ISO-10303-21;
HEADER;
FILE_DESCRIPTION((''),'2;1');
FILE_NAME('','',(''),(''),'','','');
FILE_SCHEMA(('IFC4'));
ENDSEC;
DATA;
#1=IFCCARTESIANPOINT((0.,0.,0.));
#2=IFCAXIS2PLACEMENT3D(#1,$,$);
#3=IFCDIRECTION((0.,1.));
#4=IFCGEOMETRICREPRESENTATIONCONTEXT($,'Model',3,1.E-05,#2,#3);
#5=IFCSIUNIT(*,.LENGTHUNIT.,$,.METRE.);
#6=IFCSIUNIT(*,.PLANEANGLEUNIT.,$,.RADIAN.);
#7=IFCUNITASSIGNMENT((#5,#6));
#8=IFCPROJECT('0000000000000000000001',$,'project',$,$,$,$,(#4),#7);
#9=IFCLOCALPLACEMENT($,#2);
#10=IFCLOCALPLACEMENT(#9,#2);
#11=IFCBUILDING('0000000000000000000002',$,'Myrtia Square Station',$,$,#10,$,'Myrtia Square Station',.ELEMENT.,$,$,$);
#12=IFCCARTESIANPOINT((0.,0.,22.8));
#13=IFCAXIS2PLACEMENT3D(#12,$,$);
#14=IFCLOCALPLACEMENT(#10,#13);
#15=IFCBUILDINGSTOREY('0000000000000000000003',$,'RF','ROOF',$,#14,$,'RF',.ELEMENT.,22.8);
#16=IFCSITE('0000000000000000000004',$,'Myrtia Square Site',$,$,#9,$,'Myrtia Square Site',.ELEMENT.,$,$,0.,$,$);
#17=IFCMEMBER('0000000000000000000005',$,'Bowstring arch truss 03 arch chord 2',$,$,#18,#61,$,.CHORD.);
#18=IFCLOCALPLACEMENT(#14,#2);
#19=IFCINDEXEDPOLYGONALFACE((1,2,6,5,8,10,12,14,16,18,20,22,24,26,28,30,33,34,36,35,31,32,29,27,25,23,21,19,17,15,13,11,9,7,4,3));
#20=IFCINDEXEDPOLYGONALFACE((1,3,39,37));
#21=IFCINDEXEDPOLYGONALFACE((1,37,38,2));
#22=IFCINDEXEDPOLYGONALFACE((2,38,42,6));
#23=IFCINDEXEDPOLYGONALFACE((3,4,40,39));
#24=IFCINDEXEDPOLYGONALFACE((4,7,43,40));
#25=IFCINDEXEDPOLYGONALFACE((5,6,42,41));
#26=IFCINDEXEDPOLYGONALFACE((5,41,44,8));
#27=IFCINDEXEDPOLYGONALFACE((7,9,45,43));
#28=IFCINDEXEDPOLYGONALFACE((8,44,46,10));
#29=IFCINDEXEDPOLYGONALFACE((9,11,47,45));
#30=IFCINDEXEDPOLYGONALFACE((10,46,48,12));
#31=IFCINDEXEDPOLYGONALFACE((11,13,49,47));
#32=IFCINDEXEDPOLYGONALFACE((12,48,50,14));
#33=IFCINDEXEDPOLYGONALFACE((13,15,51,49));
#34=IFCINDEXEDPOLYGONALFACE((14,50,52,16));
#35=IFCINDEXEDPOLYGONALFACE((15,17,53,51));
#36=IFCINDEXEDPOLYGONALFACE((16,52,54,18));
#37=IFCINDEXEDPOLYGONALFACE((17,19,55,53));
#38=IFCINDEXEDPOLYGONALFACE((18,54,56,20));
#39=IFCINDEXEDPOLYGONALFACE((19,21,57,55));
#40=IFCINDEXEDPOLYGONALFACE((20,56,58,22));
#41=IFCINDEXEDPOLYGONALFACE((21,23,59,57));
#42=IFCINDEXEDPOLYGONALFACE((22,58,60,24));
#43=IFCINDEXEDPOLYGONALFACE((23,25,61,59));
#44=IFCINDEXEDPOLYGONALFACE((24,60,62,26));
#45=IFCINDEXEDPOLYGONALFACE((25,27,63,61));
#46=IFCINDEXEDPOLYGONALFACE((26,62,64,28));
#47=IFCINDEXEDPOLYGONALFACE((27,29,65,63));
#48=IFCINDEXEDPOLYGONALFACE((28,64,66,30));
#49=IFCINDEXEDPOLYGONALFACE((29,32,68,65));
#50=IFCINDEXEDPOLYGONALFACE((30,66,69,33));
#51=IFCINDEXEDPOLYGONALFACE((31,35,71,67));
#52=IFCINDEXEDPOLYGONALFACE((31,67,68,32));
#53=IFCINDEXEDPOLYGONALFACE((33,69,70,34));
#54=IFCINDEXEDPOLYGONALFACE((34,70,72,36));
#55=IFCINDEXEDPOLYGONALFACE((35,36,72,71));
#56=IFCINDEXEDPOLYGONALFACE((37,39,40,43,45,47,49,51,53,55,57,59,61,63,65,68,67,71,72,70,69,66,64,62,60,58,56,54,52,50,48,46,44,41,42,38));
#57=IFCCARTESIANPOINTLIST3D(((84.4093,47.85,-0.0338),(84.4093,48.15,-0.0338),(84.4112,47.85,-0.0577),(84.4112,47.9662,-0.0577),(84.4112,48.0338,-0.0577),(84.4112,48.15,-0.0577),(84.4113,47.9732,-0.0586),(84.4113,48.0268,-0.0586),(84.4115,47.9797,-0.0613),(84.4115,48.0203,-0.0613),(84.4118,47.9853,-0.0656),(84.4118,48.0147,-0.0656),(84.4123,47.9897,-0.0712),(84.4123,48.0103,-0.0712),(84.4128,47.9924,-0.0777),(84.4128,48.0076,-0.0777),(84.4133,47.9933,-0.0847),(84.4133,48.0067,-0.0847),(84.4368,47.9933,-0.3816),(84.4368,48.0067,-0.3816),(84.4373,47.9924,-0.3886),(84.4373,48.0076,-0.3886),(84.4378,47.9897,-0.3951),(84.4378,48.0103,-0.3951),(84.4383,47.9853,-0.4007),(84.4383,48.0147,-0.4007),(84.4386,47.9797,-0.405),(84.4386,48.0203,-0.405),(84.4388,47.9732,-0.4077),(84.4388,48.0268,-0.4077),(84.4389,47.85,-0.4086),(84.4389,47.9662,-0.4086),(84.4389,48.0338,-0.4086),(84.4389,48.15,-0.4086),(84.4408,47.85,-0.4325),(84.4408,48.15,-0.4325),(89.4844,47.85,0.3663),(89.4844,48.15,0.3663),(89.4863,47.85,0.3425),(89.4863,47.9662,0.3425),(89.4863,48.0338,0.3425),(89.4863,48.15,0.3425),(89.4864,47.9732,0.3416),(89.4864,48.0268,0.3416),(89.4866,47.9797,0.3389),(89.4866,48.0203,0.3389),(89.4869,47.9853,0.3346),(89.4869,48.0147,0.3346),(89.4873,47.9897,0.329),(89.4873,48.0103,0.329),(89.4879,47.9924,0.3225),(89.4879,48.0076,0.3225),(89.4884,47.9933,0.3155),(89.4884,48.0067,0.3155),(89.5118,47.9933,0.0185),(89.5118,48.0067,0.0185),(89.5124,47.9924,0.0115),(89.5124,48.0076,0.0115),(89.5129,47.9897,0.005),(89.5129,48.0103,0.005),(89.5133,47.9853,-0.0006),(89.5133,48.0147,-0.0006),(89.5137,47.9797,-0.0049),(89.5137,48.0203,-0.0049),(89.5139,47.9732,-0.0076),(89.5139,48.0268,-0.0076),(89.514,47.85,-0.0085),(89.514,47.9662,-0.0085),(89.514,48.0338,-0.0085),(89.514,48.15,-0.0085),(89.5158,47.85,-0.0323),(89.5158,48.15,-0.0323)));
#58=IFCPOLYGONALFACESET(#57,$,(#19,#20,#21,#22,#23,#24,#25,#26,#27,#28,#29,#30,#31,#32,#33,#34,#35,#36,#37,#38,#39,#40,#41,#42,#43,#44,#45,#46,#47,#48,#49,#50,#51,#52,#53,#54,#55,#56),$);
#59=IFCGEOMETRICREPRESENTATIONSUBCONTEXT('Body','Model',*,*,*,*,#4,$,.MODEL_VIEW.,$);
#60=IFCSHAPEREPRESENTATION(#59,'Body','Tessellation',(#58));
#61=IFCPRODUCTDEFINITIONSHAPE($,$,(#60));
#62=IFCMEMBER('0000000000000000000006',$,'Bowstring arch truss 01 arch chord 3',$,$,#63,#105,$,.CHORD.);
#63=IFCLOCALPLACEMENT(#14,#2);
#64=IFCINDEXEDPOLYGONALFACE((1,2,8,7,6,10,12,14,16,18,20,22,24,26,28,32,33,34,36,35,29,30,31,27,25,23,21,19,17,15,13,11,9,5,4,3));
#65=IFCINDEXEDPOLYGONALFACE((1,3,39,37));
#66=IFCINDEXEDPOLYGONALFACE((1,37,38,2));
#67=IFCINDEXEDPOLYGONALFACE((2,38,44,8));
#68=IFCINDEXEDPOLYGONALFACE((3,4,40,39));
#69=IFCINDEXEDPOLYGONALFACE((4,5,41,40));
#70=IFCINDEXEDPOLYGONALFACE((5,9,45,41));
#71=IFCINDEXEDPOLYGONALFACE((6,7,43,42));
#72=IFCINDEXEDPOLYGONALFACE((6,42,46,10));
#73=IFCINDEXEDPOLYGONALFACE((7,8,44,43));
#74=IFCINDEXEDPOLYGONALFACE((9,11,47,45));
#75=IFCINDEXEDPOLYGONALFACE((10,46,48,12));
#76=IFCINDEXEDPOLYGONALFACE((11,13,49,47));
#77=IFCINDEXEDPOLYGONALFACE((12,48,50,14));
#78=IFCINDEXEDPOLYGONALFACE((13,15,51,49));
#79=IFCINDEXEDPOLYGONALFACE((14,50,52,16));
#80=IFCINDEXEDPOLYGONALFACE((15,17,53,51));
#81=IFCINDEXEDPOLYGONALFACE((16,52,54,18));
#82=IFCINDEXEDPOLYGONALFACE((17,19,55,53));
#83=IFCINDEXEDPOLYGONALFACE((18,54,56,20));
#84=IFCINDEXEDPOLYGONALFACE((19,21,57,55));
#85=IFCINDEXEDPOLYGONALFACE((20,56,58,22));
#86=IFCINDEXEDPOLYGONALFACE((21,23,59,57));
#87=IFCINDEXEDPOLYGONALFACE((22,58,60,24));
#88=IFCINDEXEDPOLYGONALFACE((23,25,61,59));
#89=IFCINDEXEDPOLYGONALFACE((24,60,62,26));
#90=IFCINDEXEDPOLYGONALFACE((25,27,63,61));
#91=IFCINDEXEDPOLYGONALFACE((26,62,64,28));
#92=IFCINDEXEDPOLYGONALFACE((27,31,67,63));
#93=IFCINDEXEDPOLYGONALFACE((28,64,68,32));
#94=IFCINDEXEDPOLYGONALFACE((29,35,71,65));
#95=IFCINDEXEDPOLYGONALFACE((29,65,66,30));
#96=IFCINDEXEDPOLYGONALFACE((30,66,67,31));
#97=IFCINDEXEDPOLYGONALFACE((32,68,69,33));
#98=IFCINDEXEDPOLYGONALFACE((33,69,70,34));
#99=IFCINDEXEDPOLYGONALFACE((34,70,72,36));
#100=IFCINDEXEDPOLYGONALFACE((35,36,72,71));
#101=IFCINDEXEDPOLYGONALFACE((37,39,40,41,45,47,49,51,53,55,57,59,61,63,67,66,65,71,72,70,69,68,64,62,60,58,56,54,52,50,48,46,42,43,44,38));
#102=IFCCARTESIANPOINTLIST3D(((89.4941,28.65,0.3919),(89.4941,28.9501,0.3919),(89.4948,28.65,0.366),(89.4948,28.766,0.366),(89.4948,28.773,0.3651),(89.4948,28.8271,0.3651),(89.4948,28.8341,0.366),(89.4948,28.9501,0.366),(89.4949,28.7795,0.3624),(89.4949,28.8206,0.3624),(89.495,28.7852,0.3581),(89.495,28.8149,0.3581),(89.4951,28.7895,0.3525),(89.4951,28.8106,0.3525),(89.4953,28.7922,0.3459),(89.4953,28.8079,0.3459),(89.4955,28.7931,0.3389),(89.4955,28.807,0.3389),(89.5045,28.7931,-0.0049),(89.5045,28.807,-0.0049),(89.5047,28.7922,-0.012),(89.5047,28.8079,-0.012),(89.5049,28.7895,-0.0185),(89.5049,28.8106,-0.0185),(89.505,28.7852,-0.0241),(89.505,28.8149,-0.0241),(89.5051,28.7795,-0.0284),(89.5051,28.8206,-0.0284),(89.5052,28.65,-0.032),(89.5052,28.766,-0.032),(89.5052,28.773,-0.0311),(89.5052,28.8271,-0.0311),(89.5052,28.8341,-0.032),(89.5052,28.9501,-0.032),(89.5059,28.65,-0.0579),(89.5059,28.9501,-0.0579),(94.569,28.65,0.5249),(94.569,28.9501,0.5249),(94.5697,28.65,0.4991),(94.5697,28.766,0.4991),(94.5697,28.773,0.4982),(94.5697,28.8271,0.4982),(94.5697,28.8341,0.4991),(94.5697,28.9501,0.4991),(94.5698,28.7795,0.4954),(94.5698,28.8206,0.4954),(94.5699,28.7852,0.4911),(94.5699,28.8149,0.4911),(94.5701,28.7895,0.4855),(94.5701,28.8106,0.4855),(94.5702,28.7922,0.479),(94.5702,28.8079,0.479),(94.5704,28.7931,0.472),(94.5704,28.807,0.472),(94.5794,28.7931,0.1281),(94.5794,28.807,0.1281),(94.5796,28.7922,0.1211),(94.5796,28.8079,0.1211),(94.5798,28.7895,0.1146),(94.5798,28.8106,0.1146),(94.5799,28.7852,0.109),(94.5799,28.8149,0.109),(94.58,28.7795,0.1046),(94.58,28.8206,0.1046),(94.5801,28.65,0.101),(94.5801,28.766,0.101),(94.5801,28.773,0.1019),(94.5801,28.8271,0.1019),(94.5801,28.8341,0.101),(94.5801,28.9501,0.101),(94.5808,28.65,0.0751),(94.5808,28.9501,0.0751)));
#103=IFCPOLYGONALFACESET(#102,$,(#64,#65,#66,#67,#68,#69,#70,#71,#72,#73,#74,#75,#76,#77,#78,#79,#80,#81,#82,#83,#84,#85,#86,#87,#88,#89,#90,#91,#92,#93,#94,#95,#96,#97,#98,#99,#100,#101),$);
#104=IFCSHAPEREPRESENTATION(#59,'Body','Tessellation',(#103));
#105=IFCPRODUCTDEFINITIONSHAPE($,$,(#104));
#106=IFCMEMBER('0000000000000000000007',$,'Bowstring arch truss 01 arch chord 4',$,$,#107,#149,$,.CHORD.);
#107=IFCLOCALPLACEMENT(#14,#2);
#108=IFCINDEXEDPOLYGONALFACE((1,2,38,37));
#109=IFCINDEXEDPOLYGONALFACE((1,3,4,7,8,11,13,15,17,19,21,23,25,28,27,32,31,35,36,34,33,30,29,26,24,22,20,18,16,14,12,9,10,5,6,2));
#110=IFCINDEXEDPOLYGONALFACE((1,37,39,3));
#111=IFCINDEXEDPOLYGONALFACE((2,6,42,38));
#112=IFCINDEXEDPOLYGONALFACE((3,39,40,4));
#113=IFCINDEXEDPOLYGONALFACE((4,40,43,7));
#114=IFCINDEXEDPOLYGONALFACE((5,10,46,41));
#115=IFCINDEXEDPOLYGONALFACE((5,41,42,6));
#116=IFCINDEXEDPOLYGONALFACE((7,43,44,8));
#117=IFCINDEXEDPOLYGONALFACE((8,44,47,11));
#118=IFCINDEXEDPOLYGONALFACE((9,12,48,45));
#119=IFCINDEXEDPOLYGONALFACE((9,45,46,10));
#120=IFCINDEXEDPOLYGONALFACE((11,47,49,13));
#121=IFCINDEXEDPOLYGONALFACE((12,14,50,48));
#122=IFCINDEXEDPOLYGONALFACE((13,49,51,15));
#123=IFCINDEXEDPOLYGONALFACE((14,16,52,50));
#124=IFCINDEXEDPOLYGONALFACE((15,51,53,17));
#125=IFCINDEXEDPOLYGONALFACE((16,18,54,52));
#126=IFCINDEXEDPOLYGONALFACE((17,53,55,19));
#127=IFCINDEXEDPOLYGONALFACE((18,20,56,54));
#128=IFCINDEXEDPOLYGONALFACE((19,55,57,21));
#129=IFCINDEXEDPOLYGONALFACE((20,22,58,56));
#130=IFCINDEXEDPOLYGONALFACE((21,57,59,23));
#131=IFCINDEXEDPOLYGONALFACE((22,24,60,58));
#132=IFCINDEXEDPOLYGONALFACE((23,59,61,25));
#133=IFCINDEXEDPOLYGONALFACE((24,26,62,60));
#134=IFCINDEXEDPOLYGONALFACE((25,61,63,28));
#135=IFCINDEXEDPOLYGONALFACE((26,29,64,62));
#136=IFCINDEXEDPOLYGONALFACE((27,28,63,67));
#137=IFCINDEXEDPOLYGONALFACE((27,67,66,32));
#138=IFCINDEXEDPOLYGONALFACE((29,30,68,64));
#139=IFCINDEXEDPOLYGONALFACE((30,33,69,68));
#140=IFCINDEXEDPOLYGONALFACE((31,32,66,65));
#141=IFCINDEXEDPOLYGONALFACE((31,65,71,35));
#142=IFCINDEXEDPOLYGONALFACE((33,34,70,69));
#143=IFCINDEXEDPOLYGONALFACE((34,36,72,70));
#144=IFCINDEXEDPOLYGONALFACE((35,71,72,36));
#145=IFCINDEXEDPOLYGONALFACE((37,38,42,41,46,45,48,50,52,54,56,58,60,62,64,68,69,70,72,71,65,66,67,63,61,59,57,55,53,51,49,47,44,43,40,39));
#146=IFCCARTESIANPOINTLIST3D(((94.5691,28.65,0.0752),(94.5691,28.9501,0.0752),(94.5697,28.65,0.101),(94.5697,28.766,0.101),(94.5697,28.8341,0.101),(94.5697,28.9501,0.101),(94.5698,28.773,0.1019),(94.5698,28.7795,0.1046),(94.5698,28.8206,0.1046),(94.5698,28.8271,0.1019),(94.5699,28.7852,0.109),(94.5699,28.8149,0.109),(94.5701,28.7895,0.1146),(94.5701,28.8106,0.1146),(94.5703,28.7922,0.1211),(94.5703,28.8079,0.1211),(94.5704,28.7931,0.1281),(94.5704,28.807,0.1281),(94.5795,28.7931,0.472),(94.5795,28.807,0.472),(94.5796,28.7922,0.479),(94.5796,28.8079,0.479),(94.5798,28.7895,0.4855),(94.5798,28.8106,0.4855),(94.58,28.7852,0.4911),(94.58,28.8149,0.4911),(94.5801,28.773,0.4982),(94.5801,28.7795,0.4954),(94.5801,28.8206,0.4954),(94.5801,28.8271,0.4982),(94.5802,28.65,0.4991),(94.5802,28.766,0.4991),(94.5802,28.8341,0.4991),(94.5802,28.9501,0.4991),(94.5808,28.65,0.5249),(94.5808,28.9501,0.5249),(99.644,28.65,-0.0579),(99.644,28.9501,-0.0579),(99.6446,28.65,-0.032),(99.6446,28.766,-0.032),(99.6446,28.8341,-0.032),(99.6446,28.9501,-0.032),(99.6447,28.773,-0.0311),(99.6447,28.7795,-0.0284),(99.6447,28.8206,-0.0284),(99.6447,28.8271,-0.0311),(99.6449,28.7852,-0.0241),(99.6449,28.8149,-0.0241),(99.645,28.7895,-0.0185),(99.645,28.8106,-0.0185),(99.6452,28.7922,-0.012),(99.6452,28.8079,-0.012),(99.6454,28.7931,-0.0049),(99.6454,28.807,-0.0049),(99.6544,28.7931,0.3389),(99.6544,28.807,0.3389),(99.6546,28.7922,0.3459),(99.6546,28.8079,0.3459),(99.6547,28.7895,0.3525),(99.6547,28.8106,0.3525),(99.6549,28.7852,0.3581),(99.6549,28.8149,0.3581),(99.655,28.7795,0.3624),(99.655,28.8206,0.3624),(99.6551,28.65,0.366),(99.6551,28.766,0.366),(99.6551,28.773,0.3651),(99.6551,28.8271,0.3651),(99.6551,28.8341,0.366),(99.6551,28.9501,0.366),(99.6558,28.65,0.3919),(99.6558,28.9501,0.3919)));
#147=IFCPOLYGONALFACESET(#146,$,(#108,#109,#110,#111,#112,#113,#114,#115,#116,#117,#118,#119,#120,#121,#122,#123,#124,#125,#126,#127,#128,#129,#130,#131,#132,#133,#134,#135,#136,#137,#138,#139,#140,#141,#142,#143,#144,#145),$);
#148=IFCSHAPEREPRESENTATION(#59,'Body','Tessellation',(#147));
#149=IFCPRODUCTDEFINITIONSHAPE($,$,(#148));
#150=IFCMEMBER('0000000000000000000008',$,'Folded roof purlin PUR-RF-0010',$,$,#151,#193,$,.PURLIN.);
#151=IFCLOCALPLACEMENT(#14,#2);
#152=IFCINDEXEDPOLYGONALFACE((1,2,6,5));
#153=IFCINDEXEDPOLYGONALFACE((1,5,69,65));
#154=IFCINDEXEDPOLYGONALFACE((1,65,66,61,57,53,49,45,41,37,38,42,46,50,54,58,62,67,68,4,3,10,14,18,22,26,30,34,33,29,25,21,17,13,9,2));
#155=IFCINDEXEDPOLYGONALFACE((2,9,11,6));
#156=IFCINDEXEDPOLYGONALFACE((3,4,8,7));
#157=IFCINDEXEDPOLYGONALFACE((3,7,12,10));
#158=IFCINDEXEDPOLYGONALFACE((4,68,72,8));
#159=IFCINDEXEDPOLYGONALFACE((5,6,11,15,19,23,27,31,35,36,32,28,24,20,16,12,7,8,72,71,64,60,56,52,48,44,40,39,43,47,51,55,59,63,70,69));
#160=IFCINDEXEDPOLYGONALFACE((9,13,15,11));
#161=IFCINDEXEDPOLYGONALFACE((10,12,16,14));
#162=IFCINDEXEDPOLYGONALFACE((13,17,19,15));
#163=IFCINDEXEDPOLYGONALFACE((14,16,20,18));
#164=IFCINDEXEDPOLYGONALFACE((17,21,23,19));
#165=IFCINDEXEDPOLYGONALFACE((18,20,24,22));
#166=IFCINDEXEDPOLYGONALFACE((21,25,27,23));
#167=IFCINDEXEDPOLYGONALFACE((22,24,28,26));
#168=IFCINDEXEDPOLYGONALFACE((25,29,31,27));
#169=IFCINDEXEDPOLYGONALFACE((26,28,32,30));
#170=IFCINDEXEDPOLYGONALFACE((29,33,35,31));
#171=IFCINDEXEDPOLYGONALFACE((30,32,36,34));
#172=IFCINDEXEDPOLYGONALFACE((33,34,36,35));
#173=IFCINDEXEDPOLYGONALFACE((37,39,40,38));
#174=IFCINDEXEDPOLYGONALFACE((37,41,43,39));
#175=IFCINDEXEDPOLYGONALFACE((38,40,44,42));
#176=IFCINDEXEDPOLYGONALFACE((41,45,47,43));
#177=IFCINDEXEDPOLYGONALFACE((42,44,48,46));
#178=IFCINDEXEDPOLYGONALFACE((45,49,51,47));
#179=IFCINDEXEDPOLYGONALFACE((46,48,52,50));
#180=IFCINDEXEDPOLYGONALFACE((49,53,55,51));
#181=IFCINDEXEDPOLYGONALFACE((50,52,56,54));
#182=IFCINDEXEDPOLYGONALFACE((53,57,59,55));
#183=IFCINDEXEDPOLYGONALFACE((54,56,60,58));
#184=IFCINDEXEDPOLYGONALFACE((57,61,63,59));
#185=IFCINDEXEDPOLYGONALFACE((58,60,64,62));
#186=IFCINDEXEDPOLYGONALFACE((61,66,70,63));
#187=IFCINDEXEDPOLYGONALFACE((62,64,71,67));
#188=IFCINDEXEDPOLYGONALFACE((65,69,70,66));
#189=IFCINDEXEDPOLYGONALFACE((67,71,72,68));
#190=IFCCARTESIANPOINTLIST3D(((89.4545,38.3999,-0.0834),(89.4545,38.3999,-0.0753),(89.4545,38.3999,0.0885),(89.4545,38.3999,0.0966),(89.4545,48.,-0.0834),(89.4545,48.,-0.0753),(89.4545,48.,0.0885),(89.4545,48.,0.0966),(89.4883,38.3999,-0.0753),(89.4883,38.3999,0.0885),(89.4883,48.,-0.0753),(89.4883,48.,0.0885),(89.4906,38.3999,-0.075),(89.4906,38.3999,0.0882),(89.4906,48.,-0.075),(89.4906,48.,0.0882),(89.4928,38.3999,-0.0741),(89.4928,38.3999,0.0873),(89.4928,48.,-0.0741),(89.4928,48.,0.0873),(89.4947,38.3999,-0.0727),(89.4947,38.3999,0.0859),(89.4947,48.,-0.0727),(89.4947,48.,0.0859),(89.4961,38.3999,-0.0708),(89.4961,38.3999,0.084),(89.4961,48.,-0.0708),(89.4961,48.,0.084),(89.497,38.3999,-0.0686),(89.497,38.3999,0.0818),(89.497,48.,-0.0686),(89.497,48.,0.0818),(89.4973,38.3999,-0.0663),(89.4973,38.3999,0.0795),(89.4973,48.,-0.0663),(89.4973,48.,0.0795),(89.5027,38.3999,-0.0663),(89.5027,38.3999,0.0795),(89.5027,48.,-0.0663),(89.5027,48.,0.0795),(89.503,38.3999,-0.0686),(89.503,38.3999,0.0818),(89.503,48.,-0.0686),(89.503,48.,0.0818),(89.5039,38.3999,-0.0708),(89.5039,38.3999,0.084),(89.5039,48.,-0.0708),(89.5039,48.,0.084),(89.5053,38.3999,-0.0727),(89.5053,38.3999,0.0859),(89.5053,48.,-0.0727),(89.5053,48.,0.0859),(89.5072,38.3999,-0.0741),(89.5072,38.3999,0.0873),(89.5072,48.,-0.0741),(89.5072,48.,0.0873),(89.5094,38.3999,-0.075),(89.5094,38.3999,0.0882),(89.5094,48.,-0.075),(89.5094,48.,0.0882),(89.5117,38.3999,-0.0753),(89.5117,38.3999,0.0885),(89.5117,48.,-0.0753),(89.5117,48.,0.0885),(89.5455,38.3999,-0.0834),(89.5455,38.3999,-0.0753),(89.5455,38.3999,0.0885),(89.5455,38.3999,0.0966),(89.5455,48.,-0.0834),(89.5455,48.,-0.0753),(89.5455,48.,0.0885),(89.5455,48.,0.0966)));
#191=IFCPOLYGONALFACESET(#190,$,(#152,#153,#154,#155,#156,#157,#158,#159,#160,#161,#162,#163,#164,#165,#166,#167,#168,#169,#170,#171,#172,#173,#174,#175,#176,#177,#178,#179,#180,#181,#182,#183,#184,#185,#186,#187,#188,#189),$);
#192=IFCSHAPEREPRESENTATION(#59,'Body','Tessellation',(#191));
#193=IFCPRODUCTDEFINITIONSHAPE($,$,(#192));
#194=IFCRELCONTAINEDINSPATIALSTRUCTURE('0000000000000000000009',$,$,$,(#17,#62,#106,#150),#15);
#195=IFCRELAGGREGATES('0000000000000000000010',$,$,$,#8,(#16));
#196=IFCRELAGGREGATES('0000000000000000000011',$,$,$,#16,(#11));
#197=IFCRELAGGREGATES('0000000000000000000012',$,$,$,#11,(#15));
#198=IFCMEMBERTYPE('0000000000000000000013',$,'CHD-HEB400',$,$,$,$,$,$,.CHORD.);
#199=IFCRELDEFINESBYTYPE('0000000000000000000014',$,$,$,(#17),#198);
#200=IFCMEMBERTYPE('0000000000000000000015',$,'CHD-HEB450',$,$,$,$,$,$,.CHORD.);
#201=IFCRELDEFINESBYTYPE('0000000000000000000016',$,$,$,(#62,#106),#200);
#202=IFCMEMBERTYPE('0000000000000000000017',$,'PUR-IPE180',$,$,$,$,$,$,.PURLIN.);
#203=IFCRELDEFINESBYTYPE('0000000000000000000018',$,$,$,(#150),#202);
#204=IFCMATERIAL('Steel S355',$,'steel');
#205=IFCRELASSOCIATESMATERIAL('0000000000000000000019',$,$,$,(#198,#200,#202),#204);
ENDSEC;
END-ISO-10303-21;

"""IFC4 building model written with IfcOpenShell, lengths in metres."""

from ifc_helpers import new_model, si_unit, direction, frame, origin, origin_2d, place, context, subcontext, project, spatial, i_section, extrude, material, material_profile, profile_set, type_object, element, save


model = new_model("IFC4")

# Units and contexts
model_context = context("Model", 3, precision=1e-05, world=origin(), true_north=direction((0.0, 1.0)))
body_context = subcontext(model_context, "Body", "Model", "MODEL_VIEW")
ifc_project = project(units=[si_unit("LENGTHUNIT", "METRE"), si_unit("PLANEANGLEUNIT", "RADIAN")], contexts=[model_context])

# Site, building, storey
site_placement = place(None, origin())
site = spatial("IfcSite", under=ifc_project, at=site_placement, Name="Myrtia Square Site", LongName="Myrtia Square Site", CompositionType="ELEMENT", RefElevation=0.0)
building_placement = place(site_placement, origin())
building = spatial("IfcBuilding", under=site, at=building_placement, Name="Myrtia Square Station", LongName="Myrtia Square Station", CompositionType="ELEMENT")
storey_placement = place(building_placement, frame((0.0, 0.0, 22.8)))
storey = spatial("IfcBuildingStorey", under=building, at=storey_placement, Name="RF", Description="ROOF", LongName="RF", CompositionType="ELEMENT", Elevation=22.8)

# Members
ifc_material_1 = material(Name="Steel S355", Category="steel")
ifc_material_profile_1 = material_profile(ifc_material_1, i_section(OverallWidth=0.3, OverallDepth=0.3999, WebThickness=0.0134, FlangeThickness=0.0239, FilletRadius=0.0271, at=origin_2d()), Name="HEB 400")
ifc_profile_set_1 = profile_set([ifc_material_profile_1], Name="Steel S355")
member_type_1 = type_object("IfcMemberType", Name="CHD-HEB400", PredefinedType="CHORD", material=ifc_profile_set_1)
member_1_placement = place(storey_placement, frame((84.425, 48.0, -0.2332), z_axis=(0.996906, 0.0, 0.078603), x_axis=(0.0, 1.0, 0.0)))
element("IfcMember", 1, at=member_1_placement, inside=storey, type_object=member_type_1, Name="Bowstring arch truss 03 arch chord 2", PredefinedType="CHORD", context=body_context, shape_type="SweptSolid", body=[
    extrude(i_section(OverallWidth=0.3, OverallDepth=0.3999, WebThickness=0.0134, FlangeThickness=0.0239, FilletRadius=0.0271, at=origin_2d()), origin(), (0.0, 0.0, 1.0), 5.0908),
])
ifc_material_profile_2 = material_profile(ifc_material_1, i_section(OverallWidth=0.3, OverallDepth=0.45, WebThickness=0.0139, FlangeThickness=0.0259, FilletRadius=0.0271, at=origin_2d()), Name="HEB 450")
ifc_profile_set_2 = profile_set([ifc_material_profile_2], Name="Steel S355")
member_type_2 = type_object("IfcMemberType", Name="CHD-HEB450", PredefinedType="CHORD", material=ifc_profile_set_2)
for number, where, z_axis, x_axis, name in (
    (2, (89.5, 28.8, 0.167), (0.999656, 0.0, 0.026209), (0.0, 1.0, 0.0), "Bowstring arch truss 01 arch chord 3"),
    (3, (94.575, 28.8, 0.3), (0.999656, 0.0, -0.026209), (0.0, 1.0, 0.0), "Bowstring arch truss 01 arch chord 4"),
):
    element("IfcMember", number, at=place(storey_placement, frame(where, z_axis=z_axis, x_axis=x_axis)), inside=storey, type_object=member_type_2, Name=name, PredefinedType="CHORD", context=body_context, shape_type="SweptSolid", body=[
        extrude(i_section(OverallWidth=0.3, OverallDepth=0.45, WebThickness=0.0139, FlangeThickness=0.0259, FilletRadius=0.0271, at=origin_2d()), origin(), (0.0, 0.0, 1.0), 5.0767),
    ])
ifc_material_profile_3 = material_profile(ifc_material_1, i_section(OverallWidth=0.0911, OverallDepth=0.1799, WebThickness=0.0054, FlangeThickness=0.0081, FilletRadius=0.009, at=origin_2d()), Name="IPE 180")
ifc_profile_set_3 = profile_set([ifc_material_profile_3], Name="Steel S355")
member_type_3 = type_object("IfcMemberType", Name="PUR-IPE180", PredefinedType="PURLIN", material=ifc_profile_set_3)
member_2_placement = place(storey_placement, frame((89.5, 38.3999, 0.0066), z_axis=(0.0, 1.0, 0.0), x_axis=(-1.0, 0.0, 0.0)))
element("IfcMember", 4, at=member_2_placement, inside=storey, type_object=member_type_3, Name="Folded roof purlin PUR-RF-0010", PredefinedType="PURLIN", context=body_context, shape_type="SweptSolid", body=[
    extrude(i_section(OverallWidth=0.0911, OverallDepth=0.1799, WebThickness=0.0054, FlangeThickness=0.0081, FilletRadius=0.009, at=origin_2d()), origin(), (0.0, 0.0, 1.0), 9.6001),
])

save(model, "model.ifc")
